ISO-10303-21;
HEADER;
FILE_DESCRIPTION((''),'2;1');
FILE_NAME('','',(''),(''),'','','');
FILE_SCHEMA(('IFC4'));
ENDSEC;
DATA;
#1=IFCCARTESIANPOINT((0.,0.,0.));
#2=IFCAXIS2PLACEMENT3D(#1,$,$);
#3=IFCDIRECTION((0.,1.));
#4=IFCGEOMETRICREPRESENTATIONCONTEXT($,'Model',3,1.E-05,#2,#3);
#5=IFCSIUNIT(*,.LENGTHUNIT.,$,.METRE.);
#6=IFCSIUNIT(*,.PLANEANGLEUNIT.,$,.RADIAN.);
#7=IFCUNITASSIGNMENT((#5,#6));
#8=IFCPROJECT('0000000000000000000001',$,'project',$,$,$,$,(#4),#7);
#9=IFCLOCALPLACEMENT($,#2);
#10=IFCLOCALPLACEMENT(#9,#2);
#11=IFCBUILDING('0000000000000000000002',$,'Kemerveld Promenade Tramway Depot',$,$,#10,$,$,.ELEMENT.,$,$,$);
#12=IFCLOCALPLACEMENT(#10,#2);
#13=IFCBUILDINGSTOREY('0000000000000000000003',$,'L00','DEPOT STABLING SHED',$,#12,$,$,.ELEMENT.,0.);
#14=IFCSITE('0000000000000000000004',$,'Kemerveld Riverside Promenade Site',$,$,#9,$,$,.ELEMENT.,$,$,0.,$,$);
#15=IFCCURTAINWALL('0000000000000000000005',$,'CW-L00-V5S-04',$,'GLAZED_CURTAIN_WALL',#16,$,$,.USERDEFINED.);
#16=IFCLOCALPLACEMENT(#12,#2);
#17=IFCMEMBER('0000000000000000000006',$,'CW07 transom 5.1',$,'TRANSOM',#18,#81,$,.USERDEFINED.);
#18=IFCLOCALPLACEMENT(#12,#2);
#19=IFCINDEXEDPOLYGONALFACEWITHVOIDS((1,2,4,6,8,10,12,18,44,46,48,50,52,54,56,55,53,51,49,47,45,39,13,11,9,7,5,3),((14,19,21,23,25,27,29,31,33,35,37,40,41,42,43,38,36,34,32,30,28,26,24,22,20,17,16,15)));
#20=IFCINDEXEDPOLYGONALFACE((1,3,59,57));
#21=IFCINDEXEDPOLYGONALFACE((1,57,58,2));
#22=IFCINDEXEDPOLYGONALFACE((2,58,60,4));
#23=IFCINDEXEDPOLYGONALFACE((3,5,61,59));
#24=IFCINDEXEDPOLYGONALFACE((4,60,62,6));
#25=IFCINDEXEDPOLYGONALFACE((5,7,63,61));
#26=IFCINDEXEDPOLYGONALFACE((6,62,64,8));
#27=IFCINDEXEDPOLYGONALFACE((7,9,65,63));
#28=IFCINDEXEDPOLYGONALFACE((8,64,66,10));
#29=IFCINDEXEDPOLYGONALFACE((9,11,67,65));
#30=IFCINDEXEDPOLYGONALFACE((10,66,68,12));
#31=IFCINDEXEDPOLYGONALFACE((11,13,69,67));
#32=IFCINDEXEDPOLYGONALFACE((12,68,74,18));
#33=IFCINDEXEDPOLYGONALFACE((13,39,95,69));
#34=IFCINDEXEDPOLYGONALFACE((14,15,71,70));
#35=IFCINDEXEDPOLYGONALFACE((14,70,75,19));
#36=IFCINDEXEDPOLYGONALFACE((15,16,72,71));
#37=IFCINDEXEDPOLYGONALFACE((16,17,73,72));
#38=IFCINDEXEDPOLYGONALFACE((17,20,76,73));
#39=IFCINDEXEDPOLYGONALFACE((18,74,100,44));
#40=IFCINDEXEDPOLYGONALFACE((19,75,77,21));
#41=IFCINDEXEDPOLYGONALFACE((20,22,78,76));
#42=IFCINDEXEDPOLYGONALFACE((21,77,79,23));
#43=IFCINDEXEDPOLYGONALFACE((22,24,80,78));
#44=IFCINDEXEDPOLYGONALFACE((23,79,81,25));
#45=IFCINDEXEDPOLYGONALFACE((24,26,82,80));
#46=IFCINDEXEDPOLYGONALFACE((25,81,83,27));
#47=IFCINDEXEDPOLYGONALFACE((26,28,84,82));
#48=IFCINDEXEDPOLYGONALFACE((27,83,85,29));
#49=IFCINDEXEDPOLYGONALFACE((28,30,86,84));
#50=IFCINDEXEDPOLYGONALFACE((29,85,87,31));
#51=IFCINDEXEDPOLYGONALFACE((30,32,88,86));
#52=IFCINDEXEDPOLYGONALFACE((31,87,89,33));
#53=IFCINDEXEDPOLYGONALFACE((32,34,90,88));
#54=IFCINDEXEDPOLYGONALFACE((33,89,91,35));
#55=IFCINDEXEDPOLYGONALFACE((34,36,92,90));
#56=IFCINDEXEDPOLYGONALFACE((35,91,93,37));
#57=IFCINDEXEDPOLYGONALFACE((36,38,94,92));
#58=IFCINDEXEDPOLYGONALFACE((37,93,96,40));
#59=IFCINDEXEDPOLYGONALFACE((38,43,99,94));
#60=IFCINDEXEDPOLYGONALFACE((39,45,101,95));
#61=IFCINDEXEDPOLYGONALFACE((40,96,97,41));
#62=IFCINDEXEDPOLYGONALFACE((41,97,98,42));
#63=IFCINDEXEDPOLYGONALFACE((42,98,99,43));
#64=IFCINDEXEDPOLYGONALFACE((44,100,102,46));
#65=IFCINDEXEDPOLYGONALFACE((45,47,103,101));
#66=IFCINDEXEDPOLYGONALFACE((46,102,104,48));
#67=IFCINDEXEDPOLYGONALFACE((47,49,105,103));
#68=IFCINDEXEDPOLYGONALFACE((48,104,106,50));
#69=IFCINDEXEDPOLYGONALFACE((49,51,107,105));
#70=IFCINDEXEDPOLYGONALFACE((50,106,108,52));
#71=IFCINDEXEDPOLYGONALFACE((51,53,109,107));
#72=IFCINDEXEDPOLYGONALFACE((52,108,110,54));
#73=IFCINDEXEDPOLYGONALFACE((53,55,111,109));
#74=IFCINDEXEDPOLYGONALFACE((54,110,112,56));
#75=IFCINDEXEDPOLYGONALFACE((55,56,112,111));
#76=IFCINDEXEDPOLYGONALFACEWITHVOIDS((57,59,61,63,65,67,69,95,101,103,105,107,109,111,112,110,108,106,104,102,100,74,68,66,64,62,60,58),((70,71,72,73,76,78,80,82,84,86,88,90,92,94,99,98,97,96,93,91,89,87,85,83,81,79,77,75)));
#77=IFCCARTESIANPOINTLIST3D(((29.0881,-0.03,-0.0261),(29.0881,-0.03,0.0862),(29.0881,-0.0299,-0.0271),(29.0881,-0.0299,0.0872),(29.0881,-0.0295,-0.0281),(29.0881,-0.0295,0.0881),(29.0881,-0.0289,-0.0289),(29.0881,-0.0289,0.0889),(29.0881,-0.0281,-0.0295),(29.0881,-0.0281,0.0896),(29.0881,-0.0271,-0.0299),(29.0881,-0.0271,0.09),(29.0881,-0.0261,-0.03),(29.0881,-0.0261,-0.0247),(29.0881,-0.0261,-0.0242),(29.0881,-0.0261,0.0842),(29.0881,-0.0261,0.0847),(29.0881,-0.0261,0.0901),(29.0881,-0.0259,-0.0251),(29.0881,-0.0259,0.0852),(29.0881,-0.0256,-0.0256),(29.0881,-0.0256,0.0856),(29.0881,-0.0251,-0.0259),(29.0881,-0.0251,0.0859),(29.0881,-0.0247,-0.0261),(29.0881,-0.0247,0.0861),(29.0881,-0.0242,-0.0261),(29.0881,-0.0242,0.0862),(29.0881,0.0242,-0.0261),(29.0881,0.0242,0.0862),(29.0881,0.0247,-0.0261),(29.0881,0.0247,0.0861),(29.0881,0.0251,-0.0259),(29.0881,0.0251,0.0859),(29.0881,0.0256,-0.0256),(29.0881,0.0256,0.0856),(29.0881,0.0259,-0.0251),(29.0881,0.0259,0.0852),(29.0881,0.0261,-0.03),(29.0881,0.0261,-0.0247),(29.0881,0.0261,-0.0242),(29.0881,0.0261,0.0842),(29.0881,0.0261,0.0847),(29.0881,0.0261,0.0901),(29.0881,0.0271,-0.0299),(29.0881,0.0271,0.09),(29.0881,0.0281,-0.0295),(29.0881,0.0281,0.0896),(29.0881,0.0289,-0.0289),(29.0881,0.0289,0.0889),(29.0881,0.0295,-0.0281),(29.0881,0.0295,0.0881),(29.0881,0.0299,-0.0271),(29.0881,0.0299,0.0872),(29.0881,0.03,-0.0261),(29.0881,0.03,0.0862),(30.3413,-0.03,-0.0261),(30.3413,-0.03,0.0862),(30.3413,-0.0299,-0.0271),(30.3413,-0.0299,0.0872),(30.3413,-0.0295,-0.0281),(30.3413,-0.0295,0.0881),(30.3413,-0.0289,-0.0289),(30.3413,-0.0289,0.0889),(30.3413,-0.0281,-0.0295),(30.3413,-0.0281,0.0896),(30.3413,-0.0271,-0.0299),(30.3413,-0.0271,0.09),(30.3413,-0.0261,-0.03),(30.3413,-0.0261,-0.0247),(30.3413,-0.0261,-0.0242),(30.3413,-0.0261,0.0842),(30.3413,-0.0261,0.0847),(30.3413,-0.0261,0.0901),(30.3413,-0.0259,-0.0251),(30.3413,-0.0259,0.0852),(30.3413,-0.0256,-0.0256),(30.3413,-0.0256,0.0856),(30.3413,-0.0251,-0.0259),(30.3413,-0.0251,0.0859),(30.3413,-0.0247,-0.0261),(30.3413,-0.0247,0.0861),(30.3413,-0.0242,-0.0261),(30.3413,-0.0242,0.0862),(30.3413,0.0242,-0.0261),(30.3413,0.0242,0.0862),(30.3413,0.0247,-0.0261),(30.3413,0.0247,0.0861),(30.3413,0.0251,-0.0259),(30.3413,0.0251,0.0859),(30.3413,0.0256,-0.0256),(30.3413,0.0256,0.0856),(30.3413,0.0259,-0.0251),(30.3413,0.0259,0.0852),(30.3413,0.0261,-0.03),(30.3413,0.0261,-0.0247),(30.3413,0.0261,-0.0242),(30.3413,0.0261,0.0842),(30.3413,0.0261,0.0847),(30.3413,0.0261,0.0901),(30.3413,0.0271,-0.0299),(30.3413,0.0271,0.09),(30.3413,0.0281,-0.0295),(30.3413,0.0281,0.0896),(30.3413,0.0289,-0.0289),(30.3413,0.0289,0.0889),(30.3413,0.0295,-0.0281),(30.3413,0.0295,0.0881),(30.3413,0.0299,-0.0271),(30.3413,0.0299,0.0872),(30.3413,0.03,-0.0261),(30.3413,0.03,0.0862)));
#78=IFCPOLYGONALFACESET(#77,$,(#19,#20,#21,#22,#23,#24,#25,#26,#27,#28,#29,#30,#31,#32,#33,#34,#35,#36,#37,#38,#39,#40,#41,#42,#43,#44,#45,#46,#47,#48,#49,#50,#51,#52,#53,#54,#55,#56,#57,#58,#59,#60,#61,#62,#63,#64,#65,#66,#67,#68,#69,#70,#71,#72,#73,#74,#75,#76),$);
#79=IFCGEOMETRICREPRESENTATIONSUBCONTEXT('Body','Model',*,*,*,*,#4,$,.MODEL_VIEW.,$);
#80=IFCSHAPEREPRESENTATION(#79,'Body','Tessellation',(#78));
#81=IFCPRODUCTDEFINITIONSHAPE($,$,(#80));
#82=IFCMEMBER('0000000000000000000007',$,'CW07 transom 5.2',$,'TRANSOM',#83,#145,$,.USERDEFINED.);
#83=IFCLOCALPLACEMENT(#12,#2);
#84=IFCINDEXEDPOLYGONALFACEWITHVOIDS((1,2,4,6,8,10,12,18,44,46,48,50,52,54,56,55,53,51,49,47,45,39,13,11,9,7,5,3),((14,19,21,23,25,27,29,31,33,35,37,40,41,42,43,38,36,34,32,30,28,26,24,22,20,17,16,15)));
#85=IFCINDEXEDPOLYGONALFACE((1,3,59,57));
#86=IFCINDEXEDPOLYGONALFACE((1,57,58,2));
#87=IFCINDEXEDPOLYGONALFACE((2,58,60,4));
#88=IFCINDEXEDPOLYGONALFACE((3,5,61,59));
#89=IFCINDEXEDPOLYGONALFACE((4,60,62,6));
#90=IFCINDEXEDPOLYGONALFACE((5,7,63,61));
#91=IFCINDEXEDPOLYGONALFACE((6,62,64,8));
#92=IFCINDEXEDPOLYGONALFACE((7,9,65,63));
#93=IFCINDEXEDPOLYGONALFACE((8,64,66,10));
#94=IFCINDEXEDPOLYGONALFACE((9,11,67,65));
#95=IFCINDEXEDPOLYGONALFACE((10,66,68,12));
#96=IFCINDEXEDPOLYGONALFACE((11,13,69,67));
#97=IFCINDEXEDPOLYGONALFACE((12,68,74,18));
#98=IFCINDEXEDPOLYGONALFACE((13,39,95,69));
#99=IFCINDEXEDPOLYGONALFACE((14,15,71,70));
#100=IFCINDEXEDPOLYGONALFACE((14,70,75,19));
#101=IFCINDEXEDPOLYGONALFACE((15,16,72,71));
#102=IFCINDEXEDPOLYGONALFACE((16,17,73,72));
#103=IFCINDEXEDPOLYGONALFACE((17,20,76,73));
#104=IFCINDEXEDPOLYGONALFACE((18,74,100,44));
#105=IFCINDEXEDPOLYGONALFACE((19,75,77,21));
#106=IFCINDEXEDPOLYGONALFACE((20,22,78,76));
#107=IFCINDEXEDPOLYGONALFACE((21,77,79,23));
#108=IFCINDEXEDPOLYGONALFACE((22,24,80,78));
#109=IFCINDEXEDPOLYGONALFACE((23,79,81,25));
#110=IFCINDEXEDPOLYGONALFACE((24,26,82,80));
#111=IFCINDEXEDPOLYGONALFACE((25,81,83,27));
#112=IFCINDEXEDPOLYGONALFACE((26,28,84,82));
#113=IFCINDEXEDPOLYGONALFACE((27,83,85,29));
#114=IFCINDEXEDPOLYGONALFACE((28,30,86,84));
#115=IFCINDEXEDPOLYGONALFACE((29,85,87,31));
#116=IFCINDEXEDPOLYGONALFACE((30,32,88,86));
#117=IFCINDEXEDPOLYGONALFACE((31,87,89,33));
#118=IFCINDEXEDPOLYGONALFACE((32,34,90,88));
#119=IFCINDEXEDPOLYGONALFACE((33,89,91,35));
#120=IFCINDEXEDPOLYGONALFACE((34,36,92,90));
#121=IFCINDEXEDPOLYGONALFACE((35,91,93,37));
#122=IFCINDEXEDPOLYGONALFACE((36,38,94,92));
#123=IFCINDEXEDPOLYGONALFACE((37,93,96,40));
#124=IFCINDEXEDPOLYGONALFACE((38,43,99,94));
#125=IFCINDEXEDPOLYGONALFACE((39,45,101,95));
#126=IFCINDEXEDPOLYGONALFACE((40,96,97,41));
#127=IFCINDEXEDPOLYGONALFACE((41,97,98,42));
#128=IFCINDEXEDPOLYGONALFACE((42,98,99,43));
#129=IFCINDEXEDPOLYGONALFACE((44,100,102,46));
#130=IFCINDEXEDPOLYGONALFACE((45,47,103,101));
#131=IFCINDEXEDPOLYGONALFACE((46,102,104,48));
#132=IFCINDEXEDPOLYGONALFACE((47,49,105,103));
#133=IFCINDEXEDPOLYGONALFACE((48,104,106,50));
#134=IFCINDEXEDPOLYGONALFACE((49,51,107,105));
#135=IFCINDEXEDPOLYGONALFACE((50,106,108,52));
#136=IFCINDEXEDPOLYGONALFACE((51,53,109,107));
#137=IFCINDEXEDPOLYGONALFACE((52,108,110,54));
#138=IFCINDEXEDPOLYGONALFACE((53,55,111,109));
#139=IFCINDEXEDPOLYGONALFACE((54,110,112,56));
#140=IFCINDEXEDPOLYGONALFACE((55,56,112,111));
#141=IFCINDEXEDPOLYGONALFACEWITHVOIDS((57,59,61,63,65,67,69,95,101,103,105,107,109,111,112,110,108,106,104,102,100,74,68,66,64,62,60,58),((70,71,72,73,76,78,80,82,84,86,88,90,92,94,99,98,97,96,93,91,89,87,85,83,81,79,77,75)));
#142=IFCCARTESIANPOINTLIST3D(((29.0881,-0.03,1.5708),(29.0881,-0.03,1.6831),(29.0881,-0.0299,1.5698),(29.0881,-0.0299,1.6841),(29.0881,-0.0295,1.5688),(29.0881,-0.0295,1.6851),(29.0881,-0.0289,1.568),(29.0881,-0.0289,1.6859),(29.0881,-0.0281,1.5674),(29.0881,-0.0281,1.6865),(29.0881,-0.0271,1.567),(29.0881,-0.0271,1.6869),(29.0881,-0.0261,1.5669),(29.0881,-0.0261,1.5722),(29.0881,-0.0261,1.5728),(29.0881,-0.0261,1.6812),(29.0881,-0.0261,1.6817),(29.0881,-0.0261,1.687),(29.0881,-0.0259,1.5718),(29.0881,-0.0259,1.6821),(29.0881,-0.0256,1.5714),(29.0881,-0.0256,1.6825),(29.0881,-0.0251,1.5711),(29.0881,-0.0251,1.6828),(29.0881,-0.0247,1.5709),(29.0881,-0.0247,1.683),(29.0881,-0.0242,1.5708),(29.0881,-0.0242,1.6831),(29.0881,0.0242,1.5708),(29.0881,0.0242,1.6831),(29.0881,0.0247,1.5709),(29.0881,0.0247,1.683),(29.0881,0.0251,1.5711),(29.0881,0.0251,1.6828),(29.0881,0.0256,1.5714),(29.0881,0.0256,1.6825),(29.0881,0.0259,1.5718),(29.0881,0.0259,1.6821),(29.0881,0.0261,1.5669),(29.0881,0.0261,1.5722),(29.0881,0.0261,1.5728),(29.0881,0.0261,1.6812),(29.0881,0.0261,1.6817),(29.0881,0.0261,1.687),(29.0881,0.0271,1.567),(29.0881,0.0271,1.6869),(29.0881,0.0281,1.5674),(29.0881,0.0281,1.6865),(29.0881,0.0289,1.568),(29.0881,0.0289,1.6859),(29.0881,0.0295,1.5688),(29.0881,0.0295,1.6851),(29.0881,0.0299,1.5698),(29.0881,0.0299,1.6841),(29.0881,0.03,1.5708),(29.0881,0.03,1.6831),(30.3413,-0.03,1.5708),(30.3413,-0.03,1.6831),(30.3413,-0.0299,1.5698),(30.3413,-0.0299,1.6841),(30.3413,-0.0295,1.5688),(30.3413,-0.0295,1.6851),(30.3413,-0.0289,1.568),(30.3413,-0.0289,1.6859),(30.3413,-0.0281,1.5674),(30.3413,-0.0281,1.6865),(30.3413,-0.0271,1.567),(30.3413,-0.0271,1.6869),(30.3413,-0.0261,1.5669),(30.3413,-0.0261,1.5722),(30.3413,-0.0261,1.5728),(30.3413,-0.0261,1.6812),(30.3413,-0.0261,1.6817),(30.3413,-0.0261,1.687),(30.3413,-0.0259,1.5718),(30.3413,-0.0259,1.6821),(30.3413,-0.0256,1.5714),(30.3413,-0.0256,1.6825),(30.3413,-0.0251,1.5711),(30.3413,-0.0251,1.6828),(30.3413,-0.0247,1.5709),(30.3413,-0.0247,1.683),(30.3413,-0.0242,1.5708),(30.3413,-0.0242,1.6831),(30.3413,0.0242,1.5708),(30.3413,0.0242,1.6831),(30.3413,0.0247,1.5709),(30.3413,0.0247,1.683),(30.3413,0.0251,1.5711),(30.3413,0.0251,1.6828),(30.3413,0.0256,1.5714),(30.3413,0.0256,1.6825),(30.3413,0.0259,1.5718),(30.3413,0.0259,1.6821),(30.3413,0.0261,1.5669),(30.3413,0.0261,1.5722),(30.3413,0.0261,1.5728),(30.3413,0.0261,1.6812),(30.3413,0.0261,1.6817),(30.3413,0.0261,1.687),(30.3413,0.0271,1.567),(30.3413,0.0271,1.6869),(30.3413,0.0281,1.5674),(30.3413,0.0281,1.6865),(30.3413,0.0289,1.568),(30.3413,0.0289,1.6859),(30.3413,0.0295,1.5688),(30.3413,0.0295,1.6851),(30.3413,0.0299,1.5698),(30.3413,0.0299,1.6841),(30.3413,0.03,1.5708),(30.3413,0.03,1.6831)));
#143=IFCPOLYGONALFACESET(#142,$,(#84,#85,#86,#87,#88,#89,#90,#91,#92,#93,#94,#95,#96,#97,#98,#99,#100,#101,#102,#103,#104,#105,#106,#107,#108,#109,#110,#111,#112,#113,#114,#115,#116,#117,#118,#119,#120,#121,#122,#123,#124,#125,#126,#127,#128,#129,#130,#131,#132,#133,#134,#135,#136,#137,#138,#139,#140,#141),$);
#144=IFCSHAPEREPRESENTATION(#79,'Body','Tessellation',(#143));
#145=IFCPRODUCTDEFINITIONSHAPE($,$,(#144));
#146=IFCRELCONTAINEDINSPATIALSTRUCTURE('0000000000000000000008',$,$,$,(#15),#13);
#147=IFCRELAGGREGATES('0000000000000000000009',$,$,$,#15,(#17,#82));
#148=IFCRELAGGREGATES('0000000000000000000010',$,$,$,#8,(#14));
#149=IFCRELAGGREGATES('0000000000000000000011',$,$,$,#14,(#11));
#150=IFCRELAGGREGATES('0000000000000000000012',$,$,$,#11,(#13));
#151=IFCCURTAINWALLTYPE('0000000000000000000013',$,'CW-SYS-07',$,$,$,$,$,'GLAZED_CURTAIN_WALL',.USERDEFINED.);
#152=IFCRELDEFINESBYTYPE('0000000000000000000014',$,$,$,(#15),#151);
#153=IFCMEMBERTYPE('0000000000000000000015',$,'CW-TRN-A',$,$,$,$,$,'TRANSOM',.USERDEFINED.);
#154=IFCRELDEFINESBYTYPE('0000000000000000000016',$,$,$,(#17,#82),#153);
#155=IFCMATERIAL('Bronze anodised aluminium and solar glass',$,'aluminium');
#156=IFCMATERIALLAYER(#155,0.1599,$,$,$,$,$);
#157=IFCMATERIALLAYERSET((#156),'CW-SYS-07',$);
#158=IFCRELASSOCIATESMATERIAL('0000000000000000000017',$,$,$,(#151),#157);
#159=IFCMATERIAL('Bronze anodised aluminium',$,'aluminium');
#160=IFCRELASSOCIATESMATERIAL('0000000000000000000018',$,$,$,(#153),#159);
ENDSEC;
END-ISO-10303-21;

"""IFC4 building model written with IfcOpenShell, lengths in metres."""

from ifc_helpers import new_model, si_unit, direction, frame, origin, origin_2d, place, context, subcontext, project, spatial, hollow_rectangle, extrude, material, layer, layer_set, material_profile, profile_set, type_object, element, aggregate, save


model = new_model("IFC4")

# Units and contexts
model_context = context("Model", 3, precision=1e-05, world=origin(), true_north=direction((0.0, 1.0)))
body_context = subcontext(model_context, "Body", "Model", "MODEL_VIEW")
ifc_project = project(units=[si_unit("LENGTHUNIT", "METRE"), si_unit("PLANEANGLEUNIT", "RADIAN")], contexts=[model_context])

# Site, building, storey
site_placement = place(None, origin())
site = spatial("IfcSite", under=ifc_project, at=site_placement, Name="Kemerveld Riverside Promenade Site", CompositionType="ELEMENT", RefElevation=0.0)
building_placement = place(site_placement, origin())
building = spatial("IfcBuilding", under=site, at=building_placement, Name="Kemerveld Promenade Tramway Depot", CompositionType="ELEMENT")
storey_placement = place(building_placement, origin())
storey = spatial("IfcBuildingStorey", under=building, at=storey_placement, Name="L00", Description="DEPOT STABLING SHED", CompositionType="ELEMENT", Elevation=0.0)

# Curtain wall
ifc_material_1 = material(Name="Bronze anodised aluminium and solar glass", Category="aluminium")
ifc_layer_1 = layer(ifc_material_1, 0.1599)
ifc_layer_set_1 = layer_set([ifc_layer_1], Name="CW-SYS-07")
curtain_wall_type_1 = type_object("IfcCurtainWallType", Name="CW-SYS-07", ElementType="GLAZED_CURTAIN_WALL", PredefinedType="USERDEFINED", material=ifc_layer_set_1)
curtain_wall_1_placement = place(storey_placement, origin())
curtain_wall_1 = element("IfcCurtainWall", 1, at=curtain_wall_1_placement, inside=storey, type_object=curtain_wall_type_1, Name="CW-L00-V5S-04", ObjectType="GLAZED_CURTAIN_WALL", PredefinedType="USERDEFINED")
ifc_material_2 = material(Name="Bronze anodised aluminium", Category="aluminium")

# Members
ifc_material_profile_1 = material_profile(ifc_material_2, hollow_rectangle(XDim=0.0601, YDim=0.1201, WallThickness=0.0039, InnerFilletRadius=0.002, OuterFilletRadius=0.0039, at=origin_2d()), Name="CW-TRN-120x60")
ifc_profile_set_1 = profile_set([ifc_material_profile_1], Name="Bronze anodised aluminium")
member_type_1 = type_object("IfcMemberType", Name="CW-TRN-A", ElementType="TRANSOM", PredefinedType="USERDEFINED", material=ifc_profile_set_1)
member_1_placement = place(storey_placement, frame((30.3413, 0.0, 0.03), z_axis=(-1.0, 0.0, 0.0), x_axis=(0.0, -1.0, 0.0)))
member_1 = element("IfcMember", 2, at=member_1_placement, type_object=member_type_1, Name="CW07 transom 5.1", ObjectType="TRANSOM", PredefinedType="USERDEFINED", context=body_context, shape_type="SweptSolid", body=[
    extrude(hollow_rectangle(XDim=0.0601, YDim=0.1201, WallThickness=0.0039, InnerFilletRadius=0.002, OuterFilletRadius=0.0039, at=origin_2d()), origin(), (0.0, 0.0, 1.0), 1.2532),
])
member_2_placement = place(storey_placement, frame((30.3413, 0.0, 1.627), z_axis=(-1.0, 0.0, 0.0), x_axis=(0.0, -1.0, 0.0)))
member_2 = element("IfcMember", 3, at=member_2_placement, type_object=member_type_1, Name="CW07 transom 5.2", ObjectType="TRANSOM", PredefinedType="USERDEFINED", context=body_context, shape_type="SweptSolid", body=[
    extrude(hollow_rectangle(XDim=0.0601, YDim=0.1201, WallThickness=0.0039, InnerFilletRadius=0.002, OuterFilletRadius=0.0039, at=origin_2d()), origin(), (0.0, 0.0, 1.0), 1.2532),
])

aggregate(curtain_wall_1, [member_1, member_2])

save(model, "model.ifc")
